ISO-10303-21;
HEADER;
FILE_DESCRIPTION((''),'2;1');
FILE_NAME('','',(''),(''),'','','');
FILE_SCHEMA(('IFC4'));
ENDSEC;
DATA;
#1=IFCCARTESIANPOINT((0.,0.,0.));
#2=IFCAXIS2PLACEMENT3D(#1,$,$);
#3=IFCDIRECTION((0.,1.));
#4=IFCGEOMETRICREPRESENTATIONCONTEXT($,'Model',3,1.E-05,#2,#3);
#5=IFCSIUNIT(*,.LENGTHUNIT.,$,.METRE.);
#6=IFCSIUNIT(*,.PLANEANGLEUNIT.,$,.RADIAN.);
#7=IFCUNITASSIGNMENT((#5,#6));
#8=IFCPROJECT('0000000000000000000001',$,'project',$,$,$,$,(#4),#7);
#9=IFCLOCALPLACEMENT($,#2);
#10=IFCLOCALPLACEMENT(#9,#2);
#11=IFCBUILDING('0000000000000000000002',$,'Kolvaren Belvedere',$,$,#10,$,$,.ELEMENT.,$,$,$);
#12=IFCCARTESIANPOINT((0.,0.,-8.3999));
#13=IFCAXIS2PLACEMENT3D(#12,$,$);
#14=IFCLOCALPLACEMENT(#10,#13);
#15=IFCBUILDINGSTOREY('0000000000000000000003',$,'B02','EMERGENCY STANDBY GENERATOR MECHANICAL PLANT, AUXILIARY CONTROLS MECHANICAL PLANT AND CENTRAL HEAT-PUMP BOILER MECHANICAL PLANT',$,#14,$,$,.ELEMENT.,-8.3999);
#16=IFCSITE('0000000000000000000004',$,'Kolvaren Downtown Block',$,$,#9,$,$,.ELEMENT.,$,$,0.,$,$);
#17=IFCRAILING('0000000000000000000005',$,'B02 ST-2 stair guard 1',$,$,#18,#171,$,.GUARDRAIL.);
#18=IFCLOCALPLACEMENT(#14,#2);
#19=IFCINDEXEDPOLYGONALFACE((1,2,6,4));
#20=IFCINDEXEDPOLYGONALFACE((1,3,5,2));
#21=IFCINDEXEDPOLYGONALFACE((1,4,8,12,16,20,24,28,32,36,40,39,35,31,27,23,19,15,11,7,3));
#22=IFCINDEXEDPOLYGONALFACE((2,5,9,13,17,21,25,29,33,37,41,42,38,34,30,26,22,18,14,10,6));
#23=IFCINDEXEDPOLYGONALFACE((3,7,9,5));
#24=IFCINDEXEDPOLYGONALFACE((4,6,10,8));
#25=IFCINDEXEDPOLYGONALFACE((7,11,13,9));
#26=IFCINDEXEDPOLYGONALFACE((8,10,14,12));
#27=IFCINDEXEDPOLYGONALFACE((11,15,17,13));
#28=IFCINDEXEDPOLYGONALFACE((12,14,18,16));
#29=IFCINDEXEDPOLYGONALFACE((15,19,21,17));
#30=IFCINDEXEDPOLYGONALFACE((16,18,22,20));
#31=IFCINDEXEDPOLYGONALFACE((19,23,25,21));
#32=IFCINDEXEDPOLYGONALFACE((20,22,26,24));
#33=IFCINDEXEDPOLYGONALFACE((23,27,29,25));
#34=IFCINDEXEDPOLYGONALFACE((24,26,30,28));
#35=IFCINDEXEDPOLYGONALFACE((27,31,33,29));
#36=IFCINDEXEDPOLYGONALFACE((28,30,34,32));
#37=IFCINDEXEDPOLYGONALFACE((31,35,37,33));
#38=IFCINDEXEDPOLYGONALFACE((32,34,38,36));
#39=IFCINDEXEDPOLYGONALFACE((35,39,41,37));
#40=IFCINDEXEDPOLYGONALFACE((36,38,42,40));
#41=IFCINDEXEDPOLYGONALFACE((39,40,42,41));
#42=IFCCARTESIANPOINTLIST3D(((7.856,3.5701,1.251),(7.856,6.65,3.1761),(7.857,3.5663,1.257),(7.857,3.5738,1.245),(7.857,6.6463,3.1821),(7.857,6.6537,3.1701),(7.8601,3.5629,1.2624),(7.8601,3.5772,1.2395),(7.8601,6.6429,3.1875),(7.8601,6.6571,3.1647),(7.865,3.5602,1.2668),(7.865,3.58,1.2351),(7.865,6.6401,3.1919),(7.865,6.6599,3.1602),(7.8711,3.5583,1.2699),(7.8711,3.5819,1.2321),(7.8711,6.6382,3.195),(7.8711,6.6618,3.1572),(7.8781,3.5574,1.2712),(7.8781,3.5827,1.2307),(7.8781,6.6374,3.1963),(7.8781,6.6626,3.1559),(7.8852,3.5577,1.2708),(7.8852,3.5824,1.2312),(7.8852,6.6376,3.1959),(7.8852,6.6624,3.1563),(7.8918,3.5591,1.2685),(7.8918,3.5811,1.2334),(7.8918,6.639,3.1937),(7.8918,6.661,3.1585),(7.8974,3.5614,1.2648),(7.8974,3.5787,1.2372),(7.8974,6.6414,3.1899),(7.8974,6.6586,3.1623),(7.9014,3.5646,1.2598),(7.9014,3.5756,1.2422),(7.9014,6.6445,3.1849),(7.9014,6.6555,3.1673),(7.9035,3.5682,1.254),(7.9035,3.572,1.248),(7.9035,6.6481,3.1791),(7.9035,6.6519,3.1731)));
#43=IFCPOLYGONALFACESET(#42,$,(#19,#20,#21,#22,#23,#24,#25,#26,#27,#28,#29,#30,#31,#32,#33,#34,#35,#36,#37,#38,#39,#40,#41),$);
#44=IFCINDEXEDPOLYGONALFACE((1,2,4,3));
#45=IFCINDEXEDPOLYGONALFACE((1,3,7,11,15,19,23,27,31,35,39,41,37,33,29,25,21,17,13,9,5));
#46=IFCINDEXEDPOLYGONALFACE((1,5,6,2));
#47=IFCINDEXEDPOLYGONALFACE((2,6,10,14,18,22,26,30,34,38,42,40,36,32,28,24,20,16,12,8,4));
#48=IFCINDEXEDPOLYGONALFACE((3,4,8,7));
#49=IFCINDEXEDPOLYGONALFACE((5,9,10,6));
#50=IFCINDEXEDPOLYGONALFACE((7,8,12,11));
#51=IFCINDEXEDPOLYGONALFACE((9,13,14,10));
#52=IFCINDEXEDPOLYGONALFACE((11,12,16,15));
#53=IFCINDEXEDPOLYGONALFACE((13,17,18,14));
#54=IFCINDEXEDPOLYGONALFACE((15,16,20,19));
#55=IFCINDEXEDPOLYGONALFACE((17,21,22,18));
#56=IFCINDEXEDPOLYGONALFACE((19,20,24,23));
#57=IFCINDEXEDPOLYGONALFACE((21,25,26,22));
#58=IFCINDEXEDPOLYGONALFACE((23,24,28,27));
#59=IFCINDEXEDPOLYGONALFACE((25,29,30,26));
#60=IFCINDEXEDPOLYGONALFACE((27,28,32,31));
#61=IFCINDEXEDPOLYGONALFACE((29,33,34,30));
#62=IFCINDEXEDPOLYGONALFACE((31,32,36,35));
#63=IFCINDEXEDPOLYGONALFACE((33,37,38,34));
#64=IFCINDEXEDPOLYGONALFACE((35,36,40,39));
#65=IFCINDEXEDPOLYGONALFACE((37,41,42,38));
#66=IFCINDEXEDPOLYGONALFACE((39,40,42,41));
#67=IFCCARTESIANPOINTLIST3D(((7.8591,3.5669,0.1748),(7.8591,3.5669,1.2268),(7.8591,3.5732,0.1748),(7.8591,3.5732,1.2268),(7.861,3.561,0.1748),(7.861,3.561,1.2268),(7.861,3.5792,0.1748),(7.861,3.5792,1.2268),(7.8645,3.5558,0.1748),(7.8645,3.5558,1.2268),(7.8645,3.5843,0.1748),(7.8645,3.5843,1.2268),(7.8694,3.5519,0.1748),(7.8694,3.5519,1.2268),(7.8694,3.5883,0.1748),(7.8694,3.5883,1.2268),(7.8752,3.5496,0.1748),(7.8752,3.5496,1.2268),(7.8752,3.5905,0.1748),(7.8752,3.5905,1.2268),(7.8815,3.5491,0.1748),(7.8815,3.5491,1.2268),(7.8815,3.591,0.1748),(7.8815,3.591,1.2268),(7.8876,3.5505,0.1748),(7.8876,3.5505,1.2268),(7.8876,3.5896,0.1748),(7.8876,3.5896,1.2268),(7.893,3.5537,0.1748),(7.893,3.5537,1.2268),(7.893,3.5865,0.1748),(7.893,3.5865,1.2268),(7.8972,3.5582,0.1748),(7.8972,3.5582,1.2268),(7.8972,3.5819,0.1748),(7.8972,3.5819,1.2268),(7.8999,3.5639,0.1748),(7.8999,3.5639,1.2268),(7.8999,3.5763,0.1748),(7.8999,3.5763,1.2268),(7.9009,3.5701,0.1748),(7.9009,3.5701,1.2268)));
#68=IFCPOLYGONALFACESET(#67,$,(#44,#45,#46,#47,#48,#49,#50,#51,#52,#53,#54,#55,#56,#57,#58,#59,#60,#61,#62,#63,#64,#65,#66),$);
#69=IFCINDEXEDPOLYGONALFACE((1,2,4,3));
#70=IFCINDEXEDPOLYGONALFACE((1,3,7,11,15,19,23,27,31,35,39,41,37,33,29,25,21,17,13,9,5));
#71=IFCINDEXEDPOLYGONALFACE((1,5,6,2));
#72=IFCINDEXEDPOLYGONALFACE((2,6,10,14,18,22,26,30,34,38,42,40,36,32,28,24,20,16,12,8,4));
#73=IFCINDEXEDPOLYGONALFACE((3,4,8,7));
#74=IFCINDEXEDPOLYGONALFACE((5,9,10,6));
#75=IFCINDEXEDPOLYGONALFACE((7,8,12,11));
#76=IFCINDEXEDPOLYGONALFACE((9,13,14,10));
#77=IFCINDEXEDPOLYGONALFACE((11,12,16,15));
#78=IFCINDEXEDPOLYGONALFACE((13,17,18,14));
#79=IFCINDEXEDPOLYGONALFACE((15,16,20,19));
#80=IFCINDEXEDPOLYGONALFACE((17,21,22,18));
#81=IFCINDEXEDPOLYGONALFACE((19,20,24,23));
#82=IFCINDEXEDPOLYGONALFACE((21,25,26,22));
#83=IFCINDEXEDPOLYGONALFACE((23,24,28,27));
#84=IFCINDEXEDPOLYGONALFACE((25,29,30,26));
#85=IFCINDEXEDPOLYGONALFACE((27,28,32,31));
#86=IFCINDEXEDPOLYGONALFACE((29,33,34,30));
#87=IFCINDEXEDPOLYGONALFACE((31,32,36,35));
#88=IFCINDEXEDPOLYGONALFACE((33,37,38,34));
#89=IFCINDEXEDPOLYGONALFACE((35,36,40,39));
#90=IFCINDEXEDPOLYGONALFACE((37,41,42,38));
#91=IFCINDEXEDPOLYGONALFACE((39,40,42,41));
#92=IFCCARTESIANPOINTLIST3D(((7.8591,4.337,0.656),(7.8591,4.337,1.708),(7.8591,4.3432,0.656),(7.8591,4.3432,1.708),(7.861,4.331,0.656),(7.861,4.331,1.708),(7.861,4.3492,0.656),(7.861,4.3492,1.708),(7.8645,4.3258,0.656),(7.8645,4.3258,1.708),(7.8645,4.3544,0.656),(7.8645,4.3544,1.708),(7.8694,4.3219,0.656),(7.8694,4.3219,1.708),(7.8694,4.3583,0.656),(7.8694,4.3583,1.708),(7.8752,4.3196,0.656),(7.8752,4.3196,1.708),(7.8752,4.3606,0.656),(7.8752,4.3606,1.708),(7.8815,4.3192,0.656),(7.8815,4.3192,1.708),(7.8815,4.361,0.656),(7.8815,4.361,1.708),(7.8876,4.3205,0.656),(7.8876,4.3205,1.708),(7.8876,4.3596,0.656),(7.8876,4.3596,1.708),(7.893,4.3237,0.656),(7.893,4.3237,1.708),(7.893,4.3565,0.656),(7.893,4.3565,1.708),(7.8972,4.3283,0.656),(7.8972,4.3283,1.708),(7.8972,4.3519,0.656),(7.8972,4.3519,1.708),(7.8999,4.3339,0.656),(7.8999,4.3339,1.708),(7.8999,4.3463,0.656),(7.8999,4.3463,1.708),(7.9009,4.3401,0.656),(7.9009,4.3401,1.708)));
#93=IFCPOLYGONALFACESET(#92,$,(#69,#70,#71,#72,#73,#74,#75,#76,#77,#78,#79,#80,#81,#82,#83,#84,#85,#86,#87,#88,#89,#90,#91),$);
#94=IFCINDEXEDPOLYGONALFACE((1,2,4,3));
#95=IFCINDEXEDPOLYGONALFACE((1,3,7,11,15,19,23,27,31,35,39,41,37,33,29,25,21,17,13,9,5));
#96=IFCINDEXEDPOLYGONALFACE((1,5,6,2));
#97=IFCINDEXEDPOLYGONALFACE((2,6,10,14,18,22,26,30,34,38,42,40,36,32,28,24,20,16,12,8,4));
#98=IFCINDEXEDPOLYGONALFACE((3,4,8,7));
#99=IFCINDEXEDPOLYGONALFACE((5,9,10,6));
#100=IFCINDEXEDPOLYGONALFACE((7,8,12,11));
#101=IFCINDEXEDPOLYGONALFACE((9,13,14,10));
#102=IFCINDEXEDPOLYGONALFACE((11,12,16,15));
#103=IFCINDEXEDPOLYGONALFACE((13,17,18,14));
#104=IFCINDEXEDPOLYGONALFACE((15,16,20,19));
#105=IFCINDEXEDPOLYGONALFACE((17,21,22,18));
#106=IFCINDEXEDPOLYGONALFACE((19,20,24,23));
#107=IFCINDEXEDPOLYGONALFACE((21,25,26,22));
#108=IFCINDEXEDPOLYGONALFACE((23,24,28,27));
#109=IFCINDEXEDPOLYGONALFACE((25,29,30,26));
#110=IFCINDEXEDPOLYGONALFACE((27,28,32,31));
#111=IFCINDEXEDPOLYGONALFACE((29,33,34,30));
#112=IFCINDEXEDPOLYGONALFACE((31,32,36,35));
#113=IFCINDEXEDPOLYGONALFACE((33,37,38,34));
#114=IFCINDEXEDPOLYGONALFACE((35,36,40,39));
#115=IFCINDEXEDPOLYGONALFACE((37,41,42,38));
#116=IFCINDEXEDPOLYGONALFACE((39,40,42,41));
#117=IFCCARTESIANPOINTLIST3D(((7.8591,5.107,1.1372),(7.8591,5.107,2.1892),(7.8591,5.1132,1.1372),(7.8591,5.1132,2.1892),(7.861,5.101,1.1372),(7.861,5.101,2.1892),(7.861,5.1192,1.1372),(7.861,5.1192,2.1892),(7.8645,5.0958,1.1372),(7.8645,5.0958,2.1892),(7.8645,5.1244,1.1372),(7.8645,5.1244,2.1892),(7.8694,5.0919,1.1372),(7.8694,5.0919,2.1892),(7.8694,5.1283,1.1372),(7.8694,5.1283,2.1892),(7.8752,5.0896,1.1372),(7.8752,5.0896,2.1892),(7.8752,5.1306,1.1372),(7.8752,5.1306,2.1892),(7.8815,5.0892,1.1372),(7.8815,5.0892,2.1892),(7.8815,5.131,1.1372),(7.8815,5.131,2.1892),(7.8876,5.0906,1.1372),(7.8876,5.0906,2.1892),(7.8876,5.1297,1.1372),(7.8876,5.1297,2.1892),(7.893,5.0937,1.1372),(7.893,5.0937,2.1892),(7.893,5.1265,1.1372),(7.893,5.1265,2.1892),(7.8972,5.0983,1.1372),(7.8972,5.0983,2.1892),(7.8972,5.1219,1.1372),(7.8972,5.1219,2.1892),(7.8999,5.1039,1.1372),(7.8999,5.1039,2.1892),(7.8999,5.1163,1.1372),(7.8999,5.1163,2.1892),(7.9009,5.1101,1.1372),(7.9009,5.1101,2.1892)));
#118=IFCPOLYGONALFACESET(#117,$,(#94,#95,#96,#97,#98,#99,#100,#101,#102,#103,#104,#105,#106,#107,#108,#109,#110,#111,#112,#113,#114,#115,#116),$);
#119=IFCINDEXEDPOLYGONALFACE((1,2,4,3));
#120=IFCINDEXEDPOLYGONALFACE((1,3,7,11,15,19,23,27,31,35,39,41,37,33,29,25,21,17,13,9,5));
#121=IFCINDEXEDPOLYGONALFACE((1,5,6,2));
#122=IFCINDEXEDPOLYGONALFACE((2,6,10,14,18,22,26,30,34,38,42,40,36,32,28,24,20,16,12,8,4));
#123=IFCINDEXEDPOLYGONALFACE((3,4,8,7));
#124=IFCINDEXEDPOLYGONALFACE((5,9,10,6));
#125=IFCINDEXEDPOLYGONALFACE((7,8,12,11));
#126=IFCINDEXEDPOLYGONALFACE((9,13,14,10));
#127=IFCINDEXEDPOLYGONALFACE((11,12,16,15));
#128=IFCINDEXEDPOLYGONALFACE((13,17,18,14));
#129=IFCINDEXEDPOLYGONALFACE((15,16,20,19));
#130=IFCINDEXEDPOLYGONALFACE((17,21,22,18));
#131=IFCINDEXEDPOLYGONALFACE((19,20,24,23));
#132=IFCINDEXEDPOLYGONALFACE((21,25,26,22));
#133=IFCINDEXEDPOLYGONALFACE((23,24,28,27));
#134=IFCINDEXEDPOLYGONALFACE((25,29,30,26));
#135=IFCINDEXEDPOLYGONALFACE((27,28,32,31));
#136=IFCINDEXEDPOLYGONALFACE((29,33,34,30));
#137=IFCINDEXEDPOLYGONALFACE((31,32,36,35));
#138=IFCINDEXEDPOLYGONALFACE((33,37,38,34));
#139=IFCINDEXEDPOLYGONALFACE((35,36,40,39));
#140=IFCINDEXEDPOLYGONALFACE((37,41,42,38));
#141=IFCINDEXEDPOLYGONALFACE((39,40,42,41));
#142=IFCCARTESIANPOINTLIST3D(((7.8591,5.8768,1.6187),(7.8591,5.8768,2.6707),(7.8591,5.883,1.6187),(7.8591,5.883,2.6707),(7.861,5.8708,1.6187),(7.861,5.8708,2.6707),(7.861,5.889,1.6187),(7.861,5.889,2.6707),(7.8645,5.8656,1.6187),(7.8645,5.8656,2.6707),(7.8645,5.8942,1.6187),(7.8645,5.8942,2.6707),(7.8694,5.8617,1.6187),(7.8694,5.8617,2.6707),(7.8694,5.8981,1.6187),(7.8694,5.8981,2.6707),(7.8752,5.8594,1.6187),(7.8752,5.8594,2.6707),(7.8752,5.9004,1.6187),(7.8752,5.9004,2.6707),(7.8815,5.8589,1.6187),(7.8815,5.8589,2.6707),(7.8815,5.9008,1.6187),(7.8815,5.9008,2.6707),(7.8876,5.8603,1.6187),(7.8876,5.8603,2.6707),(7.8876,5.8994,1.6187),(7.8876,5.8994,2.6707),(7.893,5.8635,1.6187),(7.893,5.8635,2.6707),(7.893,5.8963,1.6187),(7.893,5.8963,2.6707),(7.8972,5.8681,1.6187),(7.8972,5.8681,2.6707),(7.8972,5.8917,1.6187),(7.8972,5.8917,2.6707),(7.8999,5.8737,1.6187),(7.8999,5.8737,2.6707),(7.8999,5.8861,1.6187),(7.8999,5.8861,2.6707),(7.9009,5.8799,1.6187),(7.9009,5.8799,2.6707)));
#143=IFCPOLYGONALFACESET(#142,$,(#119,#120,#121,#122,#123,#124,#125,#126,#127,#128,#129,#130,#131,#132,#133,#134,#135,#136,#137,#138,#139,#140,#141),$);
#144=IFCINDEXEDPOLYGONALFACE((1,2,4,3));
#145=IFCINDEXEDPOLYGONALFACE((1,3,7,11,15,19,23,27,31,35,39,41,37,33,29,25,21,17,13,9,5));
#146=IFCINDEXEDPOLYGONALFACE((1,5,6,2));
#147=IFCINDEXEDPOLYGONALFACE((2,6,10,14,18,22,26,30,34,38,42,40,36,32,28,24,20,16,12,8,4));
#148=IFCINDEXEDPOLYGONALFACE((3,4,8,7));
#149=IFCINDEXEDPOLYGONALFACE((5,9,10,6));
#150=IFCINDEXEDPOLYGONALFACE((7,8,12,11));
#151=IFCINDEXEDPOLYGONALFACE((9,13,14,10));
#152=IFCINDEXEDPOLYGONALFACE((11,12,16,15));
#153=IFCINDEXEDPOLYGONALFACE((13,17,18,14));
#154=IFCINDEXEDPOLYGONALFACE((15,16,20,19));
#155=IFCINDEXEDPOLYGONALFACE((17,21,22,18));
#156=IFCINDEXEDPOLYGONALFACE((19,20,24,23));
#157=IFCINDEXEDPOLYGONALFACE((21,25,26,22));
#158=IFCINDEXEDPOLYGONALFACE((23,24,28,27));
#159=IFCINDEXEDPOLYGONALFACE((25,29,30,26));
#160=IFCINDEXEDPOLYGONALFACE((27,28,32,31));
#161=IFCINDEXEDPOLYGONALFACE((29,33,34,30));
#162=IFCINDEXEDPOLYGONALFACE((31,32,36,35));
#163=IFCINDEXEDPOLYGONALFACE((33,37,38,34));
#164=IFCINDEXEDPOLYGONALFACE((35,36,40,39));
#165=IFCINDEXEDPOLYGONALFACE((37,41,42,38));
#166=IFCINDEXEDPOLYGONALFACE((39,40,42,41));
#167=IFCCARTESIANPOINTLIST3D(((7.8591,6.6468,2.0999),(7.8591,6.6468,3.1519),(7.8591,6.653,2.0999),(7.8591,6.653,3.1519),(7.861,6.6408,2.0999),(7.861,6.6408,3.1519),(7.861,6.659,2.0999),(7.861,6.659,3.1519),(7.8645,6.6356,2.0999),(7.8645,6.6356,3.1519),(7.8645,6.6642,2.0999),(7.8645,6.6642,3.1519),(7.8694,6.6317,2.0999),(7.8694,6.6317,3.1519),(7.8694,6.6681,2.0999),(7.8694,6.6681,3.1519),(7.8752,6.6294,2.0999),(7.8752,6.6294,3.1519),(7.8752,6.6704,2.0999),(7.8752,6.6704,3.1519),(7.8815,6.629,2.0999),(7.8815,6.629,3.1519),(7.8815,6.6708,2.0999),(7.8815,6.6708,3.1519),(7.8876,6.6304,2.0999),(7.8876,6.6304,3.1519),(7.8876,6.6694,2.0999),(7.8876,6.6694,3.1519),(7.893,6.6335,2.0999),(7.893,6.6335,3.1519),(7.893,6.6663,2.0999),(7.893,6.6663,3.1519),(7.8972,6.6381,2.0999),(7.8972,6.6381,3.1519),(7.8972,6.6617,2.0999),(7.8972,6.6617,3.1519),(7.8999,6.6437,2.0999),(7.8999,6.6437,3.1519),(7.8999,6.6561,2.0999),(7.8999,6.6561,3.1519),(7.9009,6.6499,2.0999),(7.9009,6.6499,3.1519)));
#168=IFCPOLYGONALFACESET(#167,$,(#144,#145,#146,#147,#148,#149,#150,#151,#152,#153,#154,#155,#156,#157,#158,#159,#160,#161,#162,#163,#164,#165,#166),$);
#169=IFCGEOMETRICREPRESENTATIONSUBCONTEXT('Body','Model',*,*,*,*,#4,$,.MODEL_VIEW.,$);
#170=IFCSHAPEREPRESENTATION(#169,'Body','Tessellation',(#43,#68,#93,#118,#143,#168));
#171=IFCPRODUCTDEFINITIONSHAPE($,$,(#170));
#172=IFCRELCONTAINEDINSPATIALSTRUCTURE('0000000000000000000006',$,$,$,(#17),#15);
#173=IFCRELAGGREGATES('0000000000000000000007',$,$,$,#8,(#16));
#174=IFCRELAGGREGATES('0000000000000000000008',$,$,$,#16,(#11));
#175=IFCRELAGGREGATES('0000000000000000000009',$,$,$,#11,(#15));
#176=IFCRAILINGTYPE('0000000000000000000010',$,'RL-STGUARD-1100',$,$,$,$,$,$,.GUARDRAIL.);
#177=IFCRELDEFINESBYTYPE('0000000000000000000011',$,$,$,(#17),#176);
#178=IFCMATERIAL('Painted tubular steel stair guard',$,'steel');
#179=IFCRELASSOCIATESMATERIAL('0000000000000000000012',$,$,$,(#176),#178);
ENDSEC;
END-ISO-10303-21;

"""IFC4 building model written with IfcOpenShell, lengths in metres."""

from ifc_helpers import new_model, si_unit, direction, frame, origin, origin_2d, place, context, subcontext, project, spatial, circle, extrude, material, type_object, element, save


model = new_model("IFC4")

# Units and contexts
model_context = context("Model", 3, precision=1e-05, world=origin(), true_north=direction((0.0, 1.0)))
body_context = subcontext(model_context, "Body", "Model", "MODEL_VIEW")
ifc_project = project(units=[si_unit("LENGTHUNIT", "METRE"), si_unit("PLANEANGLEUNIT", "RADIAN")], contexts=[model_context])

# Site, building, storey
site_placement = place(None, origin())
site = spatial("IfcSite", under=ifc_project, at=site_placement, Name="Kolvaren Downtown Block", CompositionType="ELEMENT", RefElevation=0.0)
building_placement = place(site_placement, origin())
building = spatial("IfcBuilding", under=site, at=building_placement, Name="Kolvaren Belvedere", CompositionType="ELEMENT")
storey_placement = place(building_placement, frame((0.0, 0.0, -8.3999)))
storey = spatial("IfcBuildingStorey", under=building, at=storey_placement, Name="B02", Description="EMERGENCY STANDBY GENERATOR MECHANICAL PLANT, AUXILIARY CONTROLS MECHANICAL PLANT AND CENTRAL HEAT-PUMP BOILER MECHANICAL PLANT", CompositionType="ELEMENT", Elevation=-8.3999)

# Railing
ifc_material_1 = material(Name="Painted tubular steel stair guard", Category="steel")
railing_type_1 = type_object("IfcRailingType", Name="RL-STGUARD-1100", PredefinedType="GUARDRAIL", material=ifc_material_1)
railing_1_placement = place(storey_placement, frame((7.8799, 3.5701, 0.1748)))
element("IfcRailing", 1, at=railing_1_placement, inside=storey, type_object=railing_type_1, Name="B02 ST-2 stair guard 1", PredefinedType="GUARDRAIL", context=body_context, shape_type="SweptSolid", body=[
    extrude(circle(Radius=0.0239, at=origin_2d()), frame((0.0, 0.0, 1.0762), z_axis=(0.0, 0.847979, 0.530029), x_axis=(-1.0, 0.0, 0.0)), (0.0, 0.0, 1.0), 3.6321),
    extrude(circle(Radius=0.021, at=origin_2d()), origin(), (0.0, 0.0, 1.0), 1.052),
    extrude(circle(Radius=0.021, at=origin_2d()), frame((0.0, 0.77, 0.4812)), (0.0, 0.0, 1.0), 1.052),
    extrude(circle(Radius=0.021, at=origin_2d()), frame((0.0, 1.54, 0.9624)), (0.0, 0.0, 1.0), 1.052),
    extrude(circle(Radius=0.021, at=origin_2d()), frame((0.0, 2.3098, 1.4438)), (0.0, 0.0, 1.0), 1.052),
    extrude(circle(Radius=0.021, at=origin_2d()), frame((0.0, 3.0798, 1.925)), (0.0, 0.0, 1.0), 1.052),
])

save(model, "model.ifc")
